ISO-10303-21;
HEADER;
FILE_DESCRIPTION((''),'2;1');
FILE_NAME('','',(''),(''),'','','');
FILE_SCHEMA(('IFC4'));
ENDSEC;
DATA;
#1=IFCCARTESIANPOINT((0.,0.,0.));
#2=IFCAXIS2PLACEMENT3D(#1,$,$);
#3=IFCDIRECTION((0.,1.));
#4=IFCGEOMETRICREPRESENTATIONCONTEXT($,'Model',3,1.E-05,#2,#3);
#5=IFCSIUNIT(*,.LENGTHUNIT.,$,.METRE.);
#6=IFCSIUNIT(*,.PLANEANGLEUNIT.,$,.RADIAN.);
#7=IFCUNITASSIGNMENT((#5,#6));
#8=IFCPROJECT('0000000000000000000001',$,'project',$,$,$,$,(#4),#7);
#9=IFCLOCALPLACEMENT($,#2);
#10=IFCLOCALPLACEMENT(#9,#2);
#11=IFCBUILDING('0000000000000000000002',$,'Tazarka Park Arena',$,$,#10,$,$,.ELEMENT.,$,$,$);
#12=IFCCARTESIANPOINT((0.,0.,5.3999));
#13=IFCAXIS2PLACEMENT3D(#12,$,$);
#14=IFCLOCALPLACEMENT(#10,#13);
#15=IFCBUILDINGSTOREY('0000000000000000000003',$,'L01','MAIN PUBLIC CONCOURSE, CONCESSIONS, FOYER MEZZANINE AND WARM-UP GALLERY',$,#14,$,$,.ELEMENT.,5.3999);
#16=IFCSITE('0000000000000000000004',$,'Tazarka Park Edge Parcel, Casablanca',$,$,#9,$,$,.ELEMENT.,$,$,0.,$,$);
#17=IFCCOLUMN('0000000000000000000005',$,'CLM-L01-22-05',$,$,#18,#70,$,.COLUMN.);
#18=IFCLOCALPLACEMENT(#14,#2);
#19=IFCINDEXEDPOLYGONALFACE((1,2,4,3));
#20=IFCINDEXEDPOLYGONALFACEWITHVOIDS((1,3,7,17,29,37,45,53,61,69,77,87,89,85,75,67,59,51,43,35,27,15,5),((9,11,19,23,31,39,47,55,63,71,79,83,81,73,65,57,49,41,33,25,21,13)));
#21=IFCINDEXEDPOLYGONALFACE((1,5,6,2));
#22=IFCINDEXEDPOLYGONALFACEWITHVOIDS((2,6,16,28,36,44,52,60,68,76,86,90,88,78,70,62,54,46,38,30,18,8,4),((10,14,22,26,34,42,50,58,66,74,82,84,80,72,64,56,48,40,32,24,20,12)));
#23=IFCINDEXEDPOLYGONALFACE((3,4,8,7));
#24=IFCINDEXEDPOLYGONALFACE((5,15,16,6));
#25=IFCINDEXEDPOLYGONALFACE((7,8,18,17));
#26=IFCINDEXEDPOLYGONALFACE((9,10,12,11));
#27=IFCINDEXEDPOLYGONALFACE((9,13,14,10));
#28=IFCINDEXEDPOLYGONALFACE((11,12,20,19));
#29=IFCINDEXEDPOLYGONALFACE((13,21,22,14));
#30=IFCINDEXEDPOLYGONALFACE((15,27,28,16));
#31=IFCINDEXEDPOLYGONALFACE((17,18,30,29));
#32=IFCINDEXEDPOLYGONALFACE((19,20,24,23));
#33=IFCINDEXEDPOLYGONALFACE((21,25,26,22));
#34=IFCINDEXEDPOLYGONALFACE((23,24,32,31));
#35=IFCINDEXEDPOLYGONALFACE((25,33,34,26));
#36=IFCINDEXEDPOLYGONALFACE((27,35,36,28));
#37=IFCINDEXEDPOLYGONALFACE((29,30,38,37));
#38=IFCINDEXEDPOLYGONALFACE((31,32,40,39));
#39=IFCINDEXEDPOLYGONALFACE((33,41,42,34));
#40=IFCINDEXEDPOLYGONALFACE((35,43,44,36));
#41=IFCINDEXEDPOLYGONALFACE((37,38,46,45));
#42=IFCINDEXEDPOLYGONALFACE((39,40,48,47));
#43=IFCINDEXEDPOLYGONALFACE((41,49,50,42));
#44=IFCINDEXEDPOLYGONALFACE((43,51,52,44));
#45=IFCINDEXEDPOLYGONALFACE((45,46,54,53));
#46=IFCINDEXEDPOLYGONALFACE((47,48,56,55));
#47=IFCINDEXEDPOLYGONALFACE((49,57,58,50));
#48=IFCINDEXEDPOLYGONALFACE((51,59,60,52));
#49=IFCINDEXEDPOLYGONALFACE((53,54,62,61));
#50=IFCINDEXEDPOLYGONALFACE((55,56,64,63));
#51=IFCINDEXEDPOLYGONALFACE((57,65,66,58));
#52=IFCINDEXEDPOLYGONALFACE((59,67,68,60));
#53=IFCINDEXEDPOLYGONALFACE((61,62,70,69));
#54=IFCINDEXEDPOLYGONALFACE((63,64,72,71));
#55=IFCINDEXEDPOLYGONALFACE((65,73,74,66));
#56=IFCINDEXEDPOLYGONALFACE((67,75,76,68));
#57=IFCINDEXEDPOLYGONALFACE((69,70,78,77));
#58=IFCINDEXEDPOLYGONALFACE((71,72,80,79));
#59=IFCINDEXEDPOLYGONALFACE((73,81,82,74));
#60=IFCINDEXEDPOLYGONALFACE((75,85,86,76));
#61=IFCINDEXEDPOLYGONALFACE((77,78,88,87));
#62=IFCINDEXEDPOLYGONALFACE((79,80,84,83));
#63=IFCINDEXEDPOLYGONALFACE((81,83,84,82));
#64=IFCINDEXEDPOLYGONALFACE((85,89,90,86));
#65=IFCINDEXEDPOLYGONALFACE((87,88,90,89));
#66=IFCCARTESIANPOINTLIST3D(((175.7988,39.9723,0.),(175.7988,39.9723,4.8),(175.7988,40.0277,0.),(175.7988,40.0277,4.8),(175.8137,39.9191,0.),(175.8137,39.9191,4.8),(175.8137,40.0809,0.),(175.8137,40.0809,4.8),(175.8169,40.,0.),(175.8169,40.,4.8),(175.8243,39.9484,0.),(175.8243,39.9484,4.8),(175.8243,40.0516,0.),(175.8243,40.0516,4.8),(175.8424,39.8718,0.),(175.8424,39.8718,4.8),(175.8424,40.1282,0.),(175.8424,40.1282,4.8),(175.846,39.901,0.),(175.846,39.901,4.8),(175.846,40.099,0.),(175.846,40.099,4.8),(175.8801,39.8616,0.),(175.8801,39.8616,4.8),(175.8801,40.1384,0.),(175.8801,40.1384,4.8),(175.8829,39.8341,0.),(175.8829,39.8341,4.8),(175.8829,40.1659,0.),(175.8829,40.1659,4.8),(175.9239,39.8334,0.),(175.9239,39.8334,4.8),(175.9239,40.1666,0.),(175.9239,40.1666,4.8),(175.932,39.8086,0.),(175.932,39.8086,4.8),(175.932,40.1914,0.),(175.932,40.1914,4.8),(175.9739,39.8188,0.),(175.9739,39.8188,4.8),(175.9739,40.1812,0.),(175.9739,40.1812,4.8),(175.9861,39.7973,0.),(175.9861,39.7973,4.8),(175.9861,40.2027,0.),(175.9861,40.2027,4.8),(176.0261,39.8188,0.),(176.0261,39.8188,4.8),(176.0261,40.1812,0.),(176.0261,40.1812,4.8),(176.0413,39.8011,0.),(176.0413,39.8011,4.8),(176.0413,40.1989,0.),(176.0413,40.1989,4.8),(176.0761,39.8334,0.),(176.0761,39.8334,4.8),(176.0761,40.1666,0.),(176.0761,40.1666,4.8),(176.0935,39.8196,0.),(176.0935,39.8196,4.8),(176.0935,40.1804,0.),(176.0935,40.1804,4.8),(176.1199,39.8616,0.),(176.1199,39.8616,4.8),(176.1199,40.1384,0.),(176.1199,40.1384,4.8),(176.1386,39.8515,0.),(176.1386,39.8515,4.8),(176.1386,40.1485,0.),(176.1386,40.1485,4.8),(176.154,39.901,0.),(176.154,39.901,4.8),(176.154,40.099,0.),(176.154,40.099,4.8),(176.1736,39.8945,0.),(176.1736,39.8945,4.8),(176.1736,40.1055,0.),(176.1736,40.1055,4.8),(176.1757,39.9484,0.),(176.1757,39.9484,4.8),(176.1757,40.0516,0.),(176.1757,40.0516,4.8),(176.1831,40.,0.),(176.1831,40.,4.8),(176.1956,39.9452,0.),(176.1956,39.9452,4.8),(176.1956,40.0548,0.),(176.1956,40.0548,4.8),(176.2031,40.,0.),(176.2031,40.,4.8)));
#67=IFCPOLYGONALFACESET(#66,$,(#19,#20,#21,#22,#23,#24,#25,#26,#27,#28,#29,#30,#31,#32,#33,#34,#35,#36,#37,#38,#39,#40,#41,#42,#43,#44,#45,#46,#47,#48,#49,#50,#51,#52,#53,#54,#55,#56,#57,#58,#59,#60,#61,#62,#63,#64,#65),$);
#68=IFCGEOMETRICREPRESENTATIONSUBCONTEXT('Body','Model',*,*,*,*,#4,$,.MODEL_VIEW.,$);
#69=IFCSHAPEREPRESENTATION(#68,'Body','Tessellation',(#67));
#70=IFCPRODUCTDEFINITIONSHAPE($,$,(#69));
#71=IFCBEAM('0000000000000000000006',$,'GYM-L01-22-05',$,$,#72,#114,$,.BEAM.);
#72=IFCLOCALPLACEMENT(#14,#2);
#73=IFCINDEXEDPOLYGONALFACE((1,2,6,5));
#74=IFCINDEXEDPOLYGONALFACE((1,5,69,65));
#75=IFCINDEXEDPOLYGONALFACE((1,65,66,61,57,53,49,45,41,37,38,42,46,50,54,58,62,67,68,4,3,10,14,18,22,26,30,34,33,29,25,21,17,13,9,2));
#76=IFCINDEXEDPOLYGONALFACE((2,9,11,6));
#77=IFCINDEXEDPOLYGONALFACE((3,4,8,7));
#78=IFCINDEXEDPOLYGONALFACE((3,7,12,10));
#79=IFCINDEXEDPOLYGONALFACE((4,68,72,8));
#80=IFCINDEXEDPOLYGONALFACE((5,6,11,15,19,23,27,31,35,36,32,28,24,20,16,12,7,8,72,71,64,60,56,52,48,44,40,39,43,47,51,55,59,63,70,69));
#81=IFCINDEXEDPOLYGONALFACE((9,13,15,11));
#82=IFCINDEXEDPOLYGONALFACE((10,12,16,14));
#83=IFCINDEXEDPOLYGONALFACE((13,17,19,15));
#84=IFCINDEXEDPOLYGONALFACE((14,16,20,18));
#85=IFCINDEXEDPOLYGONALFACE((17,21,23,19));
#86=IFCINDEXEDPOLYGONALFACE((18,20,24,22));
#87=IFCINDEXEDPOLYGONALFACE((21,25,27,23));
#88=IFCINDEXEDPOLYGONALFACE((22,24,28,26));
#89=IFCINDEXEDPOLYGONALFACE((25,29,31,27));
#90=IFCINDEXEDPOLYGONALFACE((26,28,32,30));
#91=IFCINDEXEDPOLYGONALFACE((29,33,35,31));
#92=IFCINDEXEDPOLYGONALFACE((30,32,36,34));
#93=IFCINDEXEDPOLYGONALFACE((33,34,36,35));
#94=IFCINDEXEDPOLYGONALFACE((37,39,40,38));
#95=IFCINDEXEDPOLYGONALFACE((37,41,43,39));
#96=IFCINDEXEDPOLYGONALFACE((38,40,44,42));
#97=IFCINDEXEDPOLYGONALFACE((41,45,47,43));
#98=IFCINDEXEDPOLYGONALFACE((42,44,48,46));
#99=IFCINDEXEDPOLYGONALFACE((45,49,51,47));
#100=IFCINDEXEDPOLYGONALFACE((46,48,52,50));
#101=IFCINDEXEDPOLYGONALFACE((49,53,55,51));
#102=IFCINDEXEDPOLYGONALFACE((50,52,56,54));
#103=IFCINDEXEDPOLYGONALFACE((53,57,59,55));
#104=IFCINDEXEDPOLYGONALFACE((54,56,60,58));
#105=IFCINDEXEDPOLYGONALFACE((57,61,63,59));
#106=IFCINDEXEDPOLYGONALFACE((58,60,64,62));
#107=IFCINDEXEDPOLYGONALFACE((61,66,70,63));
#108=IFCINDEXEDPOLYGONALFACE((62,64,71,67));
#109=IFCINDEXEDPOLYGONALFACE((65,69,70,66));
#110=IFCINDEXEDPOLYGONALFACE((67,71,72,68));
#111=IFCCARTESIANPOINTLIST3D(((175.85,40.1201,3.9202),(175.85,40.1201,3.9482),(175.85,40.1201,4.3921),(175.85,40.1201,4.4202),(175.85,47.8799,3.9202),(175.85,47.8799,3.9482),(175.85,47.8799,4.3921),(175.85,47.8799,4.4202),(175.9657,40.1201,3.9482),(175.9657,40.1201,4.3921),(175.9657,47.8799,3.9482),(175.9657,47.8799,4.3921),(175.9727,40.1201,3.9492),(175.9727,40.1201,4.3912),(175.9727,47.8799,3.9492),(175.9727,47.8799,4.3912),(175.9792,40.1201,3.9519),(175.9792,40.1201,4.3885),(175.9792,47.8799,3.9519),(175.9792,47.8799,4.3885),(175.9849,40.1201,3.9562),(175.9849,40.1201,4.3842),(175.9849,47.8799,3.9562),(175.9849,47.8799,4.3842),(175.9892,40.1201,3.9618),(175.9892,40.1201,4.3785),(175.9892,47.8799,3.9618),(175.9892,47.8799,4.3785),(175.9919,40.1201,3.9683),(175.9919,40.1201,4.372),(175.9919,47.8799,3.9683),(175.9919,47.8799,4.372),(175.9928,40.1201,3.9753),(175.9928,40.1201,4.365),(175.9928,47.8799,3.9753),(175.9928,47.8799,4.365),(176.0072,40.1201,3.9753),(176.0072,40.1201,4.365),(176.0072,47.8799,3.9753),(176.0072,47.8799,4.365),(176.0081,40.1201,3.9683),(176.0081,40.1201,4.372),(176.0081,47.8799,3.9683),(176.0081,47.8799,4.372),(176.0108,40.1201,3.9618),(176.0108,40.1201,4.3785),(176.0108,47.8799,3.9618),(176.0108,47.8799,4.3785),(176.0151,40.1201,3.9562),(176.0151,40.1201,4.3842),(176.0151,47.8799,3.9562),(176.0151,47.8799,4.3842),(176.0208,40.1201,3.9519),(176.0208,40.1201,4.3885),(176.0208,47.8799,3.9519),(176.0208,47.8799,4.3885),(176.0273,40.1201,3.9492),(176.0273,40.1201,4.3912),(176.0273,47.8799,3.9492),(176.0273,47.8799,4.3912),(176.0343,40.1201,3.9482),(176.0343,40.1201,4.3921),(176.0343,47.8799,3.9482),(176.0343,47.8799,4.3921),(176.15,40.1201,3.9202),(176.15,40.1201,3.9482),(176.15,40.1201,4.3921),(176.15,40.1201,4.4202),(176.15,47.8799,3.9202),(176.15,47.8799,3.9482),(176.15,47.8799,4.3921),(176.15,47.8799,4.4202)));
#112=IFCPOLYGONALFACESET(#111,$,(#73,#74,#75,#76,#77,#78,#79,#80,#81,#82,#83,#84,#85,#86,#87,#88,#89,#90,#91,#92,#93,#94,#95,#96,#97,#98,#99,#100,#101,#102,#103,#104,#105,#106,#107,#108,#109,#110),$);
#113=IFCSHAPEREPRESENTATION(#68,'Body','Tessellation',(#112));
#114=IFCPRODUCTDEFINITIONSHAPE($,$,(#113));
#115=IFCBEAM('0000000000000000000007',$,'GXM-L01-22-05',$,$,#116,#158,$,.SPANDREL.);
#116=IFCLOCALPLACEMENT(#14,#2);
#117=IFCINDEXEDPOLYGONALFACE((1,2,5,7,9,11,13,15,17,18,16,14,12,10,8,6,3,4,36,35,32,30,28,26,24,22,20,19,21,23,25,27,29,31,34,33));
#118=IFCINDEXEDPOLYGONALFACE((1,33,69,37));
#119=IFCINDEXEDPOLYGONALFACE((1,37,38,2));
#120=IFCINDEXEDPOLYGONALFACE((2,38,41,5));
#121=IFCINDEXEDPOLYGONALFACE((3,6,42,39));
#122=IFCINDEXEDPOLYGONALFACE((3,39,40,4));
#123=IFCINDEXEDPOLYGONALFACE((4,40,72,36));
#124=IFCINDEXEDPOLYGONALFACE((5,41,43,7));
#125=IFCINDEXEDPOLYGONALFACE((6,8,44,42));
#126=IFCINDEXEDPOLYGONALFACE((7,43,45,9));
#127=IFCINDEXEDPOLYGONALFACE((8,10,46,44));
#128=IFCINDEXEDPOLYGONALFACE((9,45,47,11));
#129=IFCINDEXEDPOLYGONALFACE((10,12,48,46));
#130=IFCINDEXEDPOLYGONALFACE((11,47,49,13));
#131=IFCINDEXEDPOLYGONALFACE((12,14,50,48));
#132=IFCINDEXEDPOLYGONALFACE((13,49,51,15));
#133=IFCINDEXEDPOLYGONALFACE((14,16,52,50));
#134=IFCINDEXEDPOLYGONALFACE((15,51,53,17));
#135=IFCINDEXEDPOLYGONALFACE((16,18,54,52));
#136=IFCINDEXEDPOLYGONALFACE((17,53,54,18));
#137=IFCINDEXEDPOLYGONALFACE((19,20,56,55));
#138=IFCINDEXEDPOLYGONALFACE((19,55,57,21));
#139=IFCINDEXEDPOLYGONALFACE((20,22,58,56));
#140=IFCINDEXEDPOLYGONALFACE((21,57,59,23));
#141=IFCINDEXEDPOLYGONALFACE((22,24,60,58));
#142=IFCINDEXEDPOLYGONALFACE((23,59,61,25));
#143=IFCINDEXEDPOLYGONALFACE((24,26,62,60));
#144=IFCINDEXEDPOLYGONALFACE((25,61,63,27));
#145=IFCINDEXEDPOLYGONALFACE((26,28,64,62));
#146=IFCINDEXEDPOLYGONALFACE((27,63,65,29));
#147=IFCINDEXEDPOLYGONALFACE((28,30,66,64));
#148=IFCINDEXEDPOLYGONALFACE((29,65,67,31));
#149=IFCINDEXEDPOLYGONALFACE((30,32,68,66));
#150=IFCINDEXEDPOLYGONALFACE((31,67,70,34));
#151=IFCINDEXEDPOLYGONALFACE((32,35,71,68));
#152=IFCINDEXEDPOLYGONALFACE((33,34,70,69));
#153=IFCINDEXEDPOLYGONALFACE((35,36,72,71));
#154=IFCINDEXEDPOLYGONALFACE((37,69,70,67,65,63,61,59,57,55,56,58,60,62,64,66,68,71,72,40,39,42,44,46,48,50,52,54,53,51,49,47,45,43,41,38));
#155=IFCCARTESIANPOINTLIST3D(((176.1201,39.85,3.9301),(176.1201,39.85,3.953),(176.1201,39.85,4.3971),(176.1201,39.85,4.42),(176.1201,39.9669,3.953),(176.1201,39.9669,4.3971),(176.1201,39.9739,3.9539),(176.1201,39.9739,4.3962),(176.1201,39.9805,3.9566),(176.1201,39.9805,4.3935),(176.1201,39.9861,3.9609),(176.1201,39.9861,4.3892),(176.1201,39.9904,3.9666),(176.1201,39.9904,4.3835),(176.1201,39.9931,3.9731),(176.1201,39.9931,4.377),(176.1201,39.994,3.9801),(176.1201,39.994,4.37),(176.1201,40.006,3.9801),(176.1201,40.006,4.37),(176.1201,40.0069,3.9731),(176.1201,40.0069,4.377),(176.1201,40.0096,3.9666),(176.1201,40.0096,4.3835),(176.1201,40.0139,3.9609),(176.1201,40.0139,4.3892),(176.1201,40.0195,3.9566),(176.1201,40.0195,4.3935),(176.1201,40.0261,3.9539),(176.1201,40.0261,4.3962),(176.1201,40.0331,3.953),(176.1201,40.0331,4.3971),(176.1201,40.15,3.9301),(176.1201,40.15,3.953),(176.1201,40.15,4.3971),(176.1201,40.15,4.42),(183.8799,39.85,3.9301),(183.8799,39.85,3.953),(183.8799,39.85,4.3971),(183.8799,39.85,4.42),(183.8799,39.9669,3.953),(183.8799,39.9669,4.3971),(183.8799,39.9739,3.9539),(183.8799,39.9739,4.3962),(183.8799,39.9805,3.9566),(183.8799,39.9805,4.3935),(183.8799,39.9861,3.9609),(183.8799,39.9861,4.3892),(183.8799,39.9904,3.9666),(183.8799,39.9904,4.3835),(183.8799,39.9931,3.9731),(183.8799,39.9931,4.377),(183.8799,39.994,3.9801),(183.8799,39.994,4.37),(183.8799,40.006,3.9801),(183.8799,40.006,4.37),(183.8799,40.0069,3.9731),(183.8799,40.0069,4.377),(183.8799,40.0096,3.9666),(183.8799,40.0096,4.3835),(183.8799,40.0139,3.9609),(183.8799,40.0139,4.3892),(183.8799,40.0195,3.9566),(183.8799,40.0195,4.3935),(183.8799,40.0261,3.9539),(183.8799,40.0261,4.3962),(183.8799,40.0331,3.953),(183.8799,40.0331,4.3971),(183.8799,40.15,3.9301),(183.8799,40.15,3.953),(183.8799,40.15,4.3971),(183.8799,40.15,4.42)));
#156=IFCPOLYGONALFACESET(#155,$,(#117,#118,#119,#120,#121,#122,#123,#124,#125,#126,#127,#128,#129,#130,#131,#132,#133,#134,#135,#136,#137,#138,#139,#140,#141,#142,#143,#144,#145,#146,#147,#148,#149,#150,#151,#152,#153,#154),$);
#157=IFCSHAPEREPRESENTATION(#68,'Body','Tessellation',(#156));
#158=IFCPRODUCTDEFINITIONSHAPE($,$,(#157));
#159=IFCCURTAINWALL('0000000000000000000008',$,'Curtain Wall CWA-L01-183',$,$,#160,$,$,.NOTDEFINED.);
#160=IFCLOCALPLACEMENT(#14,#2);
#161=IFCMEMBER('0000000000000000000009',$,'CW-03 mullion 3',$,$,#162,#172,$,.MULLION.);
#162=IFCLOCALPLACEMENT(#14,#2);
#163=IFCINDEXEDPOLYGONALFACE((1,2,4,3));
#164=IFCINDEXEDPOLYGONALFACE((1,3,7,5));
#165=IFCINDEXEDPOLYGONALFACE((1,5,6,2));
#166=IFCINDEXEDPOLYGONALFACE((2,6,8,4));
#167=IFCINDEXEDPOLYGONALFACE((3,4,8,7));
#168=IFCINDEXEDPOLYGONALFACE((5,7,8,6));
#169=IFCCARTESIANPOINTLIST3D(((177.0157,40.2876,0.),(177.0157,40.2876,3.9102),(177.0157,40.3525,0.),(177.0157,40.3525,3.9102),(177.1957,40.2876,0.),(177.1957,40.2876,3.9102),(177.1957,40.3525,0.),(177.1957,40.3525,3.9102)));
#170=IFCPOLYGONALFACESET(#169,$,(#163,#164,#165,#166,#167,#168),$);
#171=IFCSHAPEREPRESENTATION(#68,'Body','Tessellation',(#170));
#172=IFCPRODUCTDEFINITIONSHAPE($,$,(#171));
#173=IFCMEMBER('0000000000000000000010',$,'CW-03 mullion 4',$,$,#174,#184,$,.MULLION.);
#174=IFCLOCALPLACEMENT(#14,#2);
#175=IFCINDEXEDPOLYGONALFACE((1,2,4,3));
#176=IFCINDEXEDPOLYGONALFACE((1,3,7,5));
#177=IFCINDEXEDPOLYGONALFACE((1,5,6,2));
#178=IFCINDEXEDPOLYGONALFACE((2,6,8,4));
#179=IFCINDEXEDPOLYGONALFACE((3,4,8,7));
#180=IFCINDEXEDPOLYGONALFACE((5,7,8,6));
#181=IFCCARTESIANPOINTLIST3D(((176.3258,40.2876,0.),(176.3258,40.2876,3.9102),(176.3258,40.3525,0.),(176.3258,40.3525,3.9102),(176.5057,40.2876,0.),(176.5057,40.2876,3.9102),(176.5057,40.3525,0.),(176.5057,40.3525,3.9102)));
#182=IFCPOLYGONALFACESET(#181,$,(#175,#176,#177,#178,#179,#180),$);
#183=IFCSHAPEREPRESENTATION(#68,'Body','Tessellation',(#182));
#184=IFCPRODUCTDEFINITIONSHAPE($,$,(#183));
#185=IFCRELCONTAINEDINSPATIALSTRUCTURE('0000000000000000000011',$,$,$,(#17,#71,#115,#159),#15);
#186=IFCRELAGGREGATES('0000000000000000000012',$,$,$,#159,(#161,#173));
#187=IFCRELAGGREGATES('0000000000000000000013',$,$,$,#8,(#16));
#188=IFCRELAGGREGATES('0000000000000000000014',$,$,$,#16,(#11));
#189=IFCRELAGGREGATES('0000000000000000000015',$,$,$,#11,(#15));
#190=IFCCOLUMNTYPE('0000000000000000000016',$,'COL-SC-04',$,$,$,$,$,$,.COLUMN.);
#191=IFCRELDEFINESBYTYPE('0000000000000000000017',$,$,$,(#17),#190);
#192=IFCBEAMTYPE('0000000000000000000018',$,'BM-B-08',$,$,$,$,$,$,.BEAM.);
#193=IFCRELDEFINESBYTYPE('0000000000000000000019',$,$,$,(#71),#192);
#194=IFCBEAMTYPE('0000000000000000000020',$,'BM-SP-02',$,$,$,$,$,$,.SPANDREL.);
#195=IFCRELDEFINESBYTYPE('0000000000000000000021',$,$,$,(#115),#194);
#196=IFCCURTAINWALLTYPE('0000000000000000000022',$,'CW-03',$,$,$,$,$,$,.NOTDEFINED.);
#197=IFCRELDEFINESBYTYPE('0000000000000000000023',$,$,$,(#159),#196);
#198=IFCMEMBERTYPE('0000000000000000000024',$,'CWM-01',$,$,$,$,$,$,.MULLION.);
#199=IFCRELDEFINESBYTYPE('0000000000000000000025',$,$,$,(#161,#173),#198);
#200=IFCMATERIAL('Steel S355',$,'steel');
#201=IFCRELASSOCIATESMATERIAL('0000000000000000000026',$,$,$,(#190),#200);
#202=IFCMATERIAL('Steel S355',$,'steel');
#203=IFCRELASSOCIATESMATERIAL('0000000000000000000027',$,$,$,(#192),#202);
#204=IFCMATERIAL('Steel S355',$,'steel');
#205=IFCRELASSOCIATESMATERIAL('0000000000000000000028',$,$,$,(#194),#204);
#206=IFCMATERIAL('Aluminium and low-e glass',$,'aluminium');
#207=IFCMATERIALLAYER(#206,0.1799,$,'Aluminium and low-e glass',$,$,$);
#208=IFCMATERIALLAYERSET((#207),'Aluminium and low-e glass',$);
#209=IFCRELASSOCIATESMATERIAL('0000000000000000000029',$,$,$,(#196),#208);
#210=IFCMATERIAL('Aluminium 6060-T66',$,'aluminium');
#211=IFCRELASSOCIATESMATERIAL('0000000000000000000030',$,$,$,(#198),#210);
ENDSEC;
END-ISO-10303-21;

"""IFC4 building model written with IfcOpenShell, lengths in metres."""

from ifc_helpers import new_model, si_unit, direction, frame, origin, origin_2d, place, context, subcontext, project, spatial, rectangle, hollow_circle, i_section, extrude, material, layer, layer_set, material_profile, profile_set, type_object, element, aggregate, save


model = new_model("IFC4")

# Units and contexts
model_context = context("Model", 3, precision=1e-05, world=origin(), true_north=direction((0.0, 1.0)))
body_context = subcontext(model_context, "Body", "Model", "MODEL_VIEW")
ifc_project = project(units=[si_unit("LENGTHUNIT", "METRE"), si_unit("PLANEANGLEUNIT", "RADIAN")], contexts=[model_context])

# Site, building, storey
site_placement = place(None, origin())
site = spatial("IfcSite", under=ifc_project, at=site_placement, Name="Tazarka Park Edge Parcel, Casablanca", CompositionType="ELEMENT", RefElevation=0.0)
building_placement = place(site_placement, origin())
building = spatial("IfcBuilding", under=site, at=building_placement, Name="Tazarka Park Arena", CompositionType="ELEMENT")
storey_placement = place(building_placement, frame((0.0, 0.0, 5.3999)))
storey = spatial("IfcBuildingStorey", under=building, at=storey_placement, Name="L01", Description="MAIN PUBLIC CONCOURSE, CONCESSIONS, FOYER MEZZANINE AND WARM-UP GALLERY", CompositionType="ELEMENT", Elevation=5.3999)

# Column
ifc_material_1 = material(Name="Steel S355", Category="steel")
ifc_material_profile_1 = material_profile(ifc_material_1, hollow_circle(Radius=0.2031, WallThickness=0.02, at=origin_2d()), Name="Steel S355")
ifc_profile_set_1 = profile_set([ifc_material_profile_1], Name="Steel S355")
column_type = type_object("IfcColumnType", Name="COL-SC-04", PredefinedType="COLUMN", material=ifc_profile_set_1)
column_placement = place(storey_placement, frame((176.0, 40.0, 0.0), z_axis=(0.0, 0.0, 1.0), x_axis=(1.0, 0.0, 0.0)))
element("IfcColumn", 1, at=column_placement, inside=storey, type_object=column_type, Name="CLM-L01-22-05", PredefinedType="COLUMN", context=body_context, shape_type="SweptSolid", body=[
    extrude(hollow_circle(Radius=0.2031, WallThickness=0.02, at=origin_2d()), origin(), (0.0, 0.0, 1.0), 4.8),
])

# Beams
ifc_material_2 = material(Name="Steel S355", Category="steel")
ifc_material_profile_2 = material_profile(ifc_material_2, i_section(OverallWidth=0.3, OverallDepth=0.5, WebThickness=0.0144, FlangeThickness=0.0281, FilletRadius=0.0271, at=origin_2d()), Name="Steel S355")
ifc_profile_set_2 = profile_set([ifc_material_profile_2], Name="Steel S355")
beam_type_1 = type_object("IfcBeamType", Name="BM-B-08", PredefinedType="BEAM", material=ifc_profile_set_2)
beam_1_placement = place(storey_placement, frame((176.0, 40.1201, 4.1702), z_axis=(0.0, 1.0, 0.0), x_axis=(-1.0, 0.0, 0.0)))
element("IfcBeam", 2, at=beam_1_placement, inside=storey, type_object=beam_type_1, Name="GYM-L01-22-05", PredefinedType="BEAM", context=body_context, shape_type="SweptSolid", body=[
    extrude(i_section(OverallWidth=0.3, OverallDepth=0.5, WebThickness=0.0144, FlangeThickness=0.0281, FilletRadius=0.0271, at=origin_2d()), origin(), (0.0, 0.0, 1.0), 7.7598),
])
ifc_material_3 = material(Name="Steel S355", Category="steel")
ifc_material_profile_3 = material_profile(ifc_material_3, i_section(OverallWidth=0.3, OverallDepth=0.49, WebThickness=0.012, FlangeThickness=0.0229, FilletRadius=0.0271, at=origin_2d()), Name="Steel S355")
ifc_profile_set_3 = profile_set([ifc_material_profile_3], Name="Steel S355")
beam_type_2 = type_object("IfcBeamType", Name="BM-SP-02", PredefinedType="SPANDREL", material=ifc_profile_set_3)
beam_2_placement = place(storey_placement, frame((176.1201, 40.0, 4.175), z_axis=(1.0, 0.0, 0.0), x_axis=(0.0, 1.0, 0.0)))
element("IfcBeam", 3, at=beam_2_placement, inside=storey, type_object=beam_type_2, Name="GXM-L01-22-05", PredefinedType="SPANDREL", context=body_context, shape_type="SweptSolid", body=[
    extrude(i_section(OverallWidth=0.3, OverallDepth=0.49, WebThickness=0.012, FlangeThickness=0.0229, FilletRadius=0.0271, at=origin_2d()), origin(), (0.0, 0.0, 1.0), 7.7598),
])

# Curtain wall, members
ifc_material_4 = material(Name="Aluminium and low-e glass", Category="aluminium")
ifc_layer_1 = layer(ifc_material_4, 0.1799, Name="Aluminium and low-e glass")
ifc_layer_set_1 = layer_set([ifc_layer_1], Name="Aluminium and low-e glass")
curtain_wall_type_1 = type_object("IfcCurtainWallType", Name="CW-03", PredefinedType="NOTDEFINED", material=ifc_layer_set_1)
curtain_wall_1_placement = place(storey_placement, origin())
curtain_wall_1 = element("IfcCurtainWall", 4, at=curtain_wall_1_placement, inside=storey, type_object=curtain_wall_type_1, Name="Curtain Wall CWA-L01-183", PredefinedType="NOTDEFINED")
ifc_material_5 = material(Name="Aluminium 6060-T66", Category="aluminium")
ifc_material_profile_4 = material_profile(ifc_material_5, rectangle(XDim=0.0649, YDim=0.1799, at=origin_2d()), Name="Aluminium 6060-T66")
ifc_profile_set_4 = profile_set([ifc_material_profile_4], Name="Aluminium 6060-T66")
member_type_1 = type_object("IfcMemberType", Name="CWM-01", PredefinedType="MULLION", material=ifc_profile_set_4)
member_1_placement = place(storey_placement, frame((177.1057, 40.3201, 0.0), z_axis=(0.0, 0.0, 1.0), x_axis=(0.0, -1.0, 0.0)))
member_1 = element("IfcMember", 5, at=member_1_placement, type_object=member_type_1, Name="CW-03 mullion 3", PredefinedType="MULLION", context=body_context, shape_type="SweptSolid", body=[
    extrude(rectangle(XDim=0.0649, YDim=0.1799, at=origin_2d()), origin(), (0.0, 0.0, 1.0), 3.9102),
])
member_2_placement = place(storey_placement, frame((176.4158, 40.3201, 0.0), z_axis=(0.0, 0.0, 1.0), x_axis=(0.0, -1.0, 0.0)))
member_2 = element("IfcMember", 6, at=member_2_placement, type_object=member_type_1, Name="CW-03 mullion 4", PredefinedType="MULLION", context=body_context, shape_type="SweptSolid", body=[
    extrude(rectangle(XDim=0.0649, YDim=0.1799, at=origin_2d()), origin(), (0.0, 0.0, 1.0), 3.9102),
])

aggregate(curtain_wall_1, [member_1, member_2])

save(model, "model.ifc")
